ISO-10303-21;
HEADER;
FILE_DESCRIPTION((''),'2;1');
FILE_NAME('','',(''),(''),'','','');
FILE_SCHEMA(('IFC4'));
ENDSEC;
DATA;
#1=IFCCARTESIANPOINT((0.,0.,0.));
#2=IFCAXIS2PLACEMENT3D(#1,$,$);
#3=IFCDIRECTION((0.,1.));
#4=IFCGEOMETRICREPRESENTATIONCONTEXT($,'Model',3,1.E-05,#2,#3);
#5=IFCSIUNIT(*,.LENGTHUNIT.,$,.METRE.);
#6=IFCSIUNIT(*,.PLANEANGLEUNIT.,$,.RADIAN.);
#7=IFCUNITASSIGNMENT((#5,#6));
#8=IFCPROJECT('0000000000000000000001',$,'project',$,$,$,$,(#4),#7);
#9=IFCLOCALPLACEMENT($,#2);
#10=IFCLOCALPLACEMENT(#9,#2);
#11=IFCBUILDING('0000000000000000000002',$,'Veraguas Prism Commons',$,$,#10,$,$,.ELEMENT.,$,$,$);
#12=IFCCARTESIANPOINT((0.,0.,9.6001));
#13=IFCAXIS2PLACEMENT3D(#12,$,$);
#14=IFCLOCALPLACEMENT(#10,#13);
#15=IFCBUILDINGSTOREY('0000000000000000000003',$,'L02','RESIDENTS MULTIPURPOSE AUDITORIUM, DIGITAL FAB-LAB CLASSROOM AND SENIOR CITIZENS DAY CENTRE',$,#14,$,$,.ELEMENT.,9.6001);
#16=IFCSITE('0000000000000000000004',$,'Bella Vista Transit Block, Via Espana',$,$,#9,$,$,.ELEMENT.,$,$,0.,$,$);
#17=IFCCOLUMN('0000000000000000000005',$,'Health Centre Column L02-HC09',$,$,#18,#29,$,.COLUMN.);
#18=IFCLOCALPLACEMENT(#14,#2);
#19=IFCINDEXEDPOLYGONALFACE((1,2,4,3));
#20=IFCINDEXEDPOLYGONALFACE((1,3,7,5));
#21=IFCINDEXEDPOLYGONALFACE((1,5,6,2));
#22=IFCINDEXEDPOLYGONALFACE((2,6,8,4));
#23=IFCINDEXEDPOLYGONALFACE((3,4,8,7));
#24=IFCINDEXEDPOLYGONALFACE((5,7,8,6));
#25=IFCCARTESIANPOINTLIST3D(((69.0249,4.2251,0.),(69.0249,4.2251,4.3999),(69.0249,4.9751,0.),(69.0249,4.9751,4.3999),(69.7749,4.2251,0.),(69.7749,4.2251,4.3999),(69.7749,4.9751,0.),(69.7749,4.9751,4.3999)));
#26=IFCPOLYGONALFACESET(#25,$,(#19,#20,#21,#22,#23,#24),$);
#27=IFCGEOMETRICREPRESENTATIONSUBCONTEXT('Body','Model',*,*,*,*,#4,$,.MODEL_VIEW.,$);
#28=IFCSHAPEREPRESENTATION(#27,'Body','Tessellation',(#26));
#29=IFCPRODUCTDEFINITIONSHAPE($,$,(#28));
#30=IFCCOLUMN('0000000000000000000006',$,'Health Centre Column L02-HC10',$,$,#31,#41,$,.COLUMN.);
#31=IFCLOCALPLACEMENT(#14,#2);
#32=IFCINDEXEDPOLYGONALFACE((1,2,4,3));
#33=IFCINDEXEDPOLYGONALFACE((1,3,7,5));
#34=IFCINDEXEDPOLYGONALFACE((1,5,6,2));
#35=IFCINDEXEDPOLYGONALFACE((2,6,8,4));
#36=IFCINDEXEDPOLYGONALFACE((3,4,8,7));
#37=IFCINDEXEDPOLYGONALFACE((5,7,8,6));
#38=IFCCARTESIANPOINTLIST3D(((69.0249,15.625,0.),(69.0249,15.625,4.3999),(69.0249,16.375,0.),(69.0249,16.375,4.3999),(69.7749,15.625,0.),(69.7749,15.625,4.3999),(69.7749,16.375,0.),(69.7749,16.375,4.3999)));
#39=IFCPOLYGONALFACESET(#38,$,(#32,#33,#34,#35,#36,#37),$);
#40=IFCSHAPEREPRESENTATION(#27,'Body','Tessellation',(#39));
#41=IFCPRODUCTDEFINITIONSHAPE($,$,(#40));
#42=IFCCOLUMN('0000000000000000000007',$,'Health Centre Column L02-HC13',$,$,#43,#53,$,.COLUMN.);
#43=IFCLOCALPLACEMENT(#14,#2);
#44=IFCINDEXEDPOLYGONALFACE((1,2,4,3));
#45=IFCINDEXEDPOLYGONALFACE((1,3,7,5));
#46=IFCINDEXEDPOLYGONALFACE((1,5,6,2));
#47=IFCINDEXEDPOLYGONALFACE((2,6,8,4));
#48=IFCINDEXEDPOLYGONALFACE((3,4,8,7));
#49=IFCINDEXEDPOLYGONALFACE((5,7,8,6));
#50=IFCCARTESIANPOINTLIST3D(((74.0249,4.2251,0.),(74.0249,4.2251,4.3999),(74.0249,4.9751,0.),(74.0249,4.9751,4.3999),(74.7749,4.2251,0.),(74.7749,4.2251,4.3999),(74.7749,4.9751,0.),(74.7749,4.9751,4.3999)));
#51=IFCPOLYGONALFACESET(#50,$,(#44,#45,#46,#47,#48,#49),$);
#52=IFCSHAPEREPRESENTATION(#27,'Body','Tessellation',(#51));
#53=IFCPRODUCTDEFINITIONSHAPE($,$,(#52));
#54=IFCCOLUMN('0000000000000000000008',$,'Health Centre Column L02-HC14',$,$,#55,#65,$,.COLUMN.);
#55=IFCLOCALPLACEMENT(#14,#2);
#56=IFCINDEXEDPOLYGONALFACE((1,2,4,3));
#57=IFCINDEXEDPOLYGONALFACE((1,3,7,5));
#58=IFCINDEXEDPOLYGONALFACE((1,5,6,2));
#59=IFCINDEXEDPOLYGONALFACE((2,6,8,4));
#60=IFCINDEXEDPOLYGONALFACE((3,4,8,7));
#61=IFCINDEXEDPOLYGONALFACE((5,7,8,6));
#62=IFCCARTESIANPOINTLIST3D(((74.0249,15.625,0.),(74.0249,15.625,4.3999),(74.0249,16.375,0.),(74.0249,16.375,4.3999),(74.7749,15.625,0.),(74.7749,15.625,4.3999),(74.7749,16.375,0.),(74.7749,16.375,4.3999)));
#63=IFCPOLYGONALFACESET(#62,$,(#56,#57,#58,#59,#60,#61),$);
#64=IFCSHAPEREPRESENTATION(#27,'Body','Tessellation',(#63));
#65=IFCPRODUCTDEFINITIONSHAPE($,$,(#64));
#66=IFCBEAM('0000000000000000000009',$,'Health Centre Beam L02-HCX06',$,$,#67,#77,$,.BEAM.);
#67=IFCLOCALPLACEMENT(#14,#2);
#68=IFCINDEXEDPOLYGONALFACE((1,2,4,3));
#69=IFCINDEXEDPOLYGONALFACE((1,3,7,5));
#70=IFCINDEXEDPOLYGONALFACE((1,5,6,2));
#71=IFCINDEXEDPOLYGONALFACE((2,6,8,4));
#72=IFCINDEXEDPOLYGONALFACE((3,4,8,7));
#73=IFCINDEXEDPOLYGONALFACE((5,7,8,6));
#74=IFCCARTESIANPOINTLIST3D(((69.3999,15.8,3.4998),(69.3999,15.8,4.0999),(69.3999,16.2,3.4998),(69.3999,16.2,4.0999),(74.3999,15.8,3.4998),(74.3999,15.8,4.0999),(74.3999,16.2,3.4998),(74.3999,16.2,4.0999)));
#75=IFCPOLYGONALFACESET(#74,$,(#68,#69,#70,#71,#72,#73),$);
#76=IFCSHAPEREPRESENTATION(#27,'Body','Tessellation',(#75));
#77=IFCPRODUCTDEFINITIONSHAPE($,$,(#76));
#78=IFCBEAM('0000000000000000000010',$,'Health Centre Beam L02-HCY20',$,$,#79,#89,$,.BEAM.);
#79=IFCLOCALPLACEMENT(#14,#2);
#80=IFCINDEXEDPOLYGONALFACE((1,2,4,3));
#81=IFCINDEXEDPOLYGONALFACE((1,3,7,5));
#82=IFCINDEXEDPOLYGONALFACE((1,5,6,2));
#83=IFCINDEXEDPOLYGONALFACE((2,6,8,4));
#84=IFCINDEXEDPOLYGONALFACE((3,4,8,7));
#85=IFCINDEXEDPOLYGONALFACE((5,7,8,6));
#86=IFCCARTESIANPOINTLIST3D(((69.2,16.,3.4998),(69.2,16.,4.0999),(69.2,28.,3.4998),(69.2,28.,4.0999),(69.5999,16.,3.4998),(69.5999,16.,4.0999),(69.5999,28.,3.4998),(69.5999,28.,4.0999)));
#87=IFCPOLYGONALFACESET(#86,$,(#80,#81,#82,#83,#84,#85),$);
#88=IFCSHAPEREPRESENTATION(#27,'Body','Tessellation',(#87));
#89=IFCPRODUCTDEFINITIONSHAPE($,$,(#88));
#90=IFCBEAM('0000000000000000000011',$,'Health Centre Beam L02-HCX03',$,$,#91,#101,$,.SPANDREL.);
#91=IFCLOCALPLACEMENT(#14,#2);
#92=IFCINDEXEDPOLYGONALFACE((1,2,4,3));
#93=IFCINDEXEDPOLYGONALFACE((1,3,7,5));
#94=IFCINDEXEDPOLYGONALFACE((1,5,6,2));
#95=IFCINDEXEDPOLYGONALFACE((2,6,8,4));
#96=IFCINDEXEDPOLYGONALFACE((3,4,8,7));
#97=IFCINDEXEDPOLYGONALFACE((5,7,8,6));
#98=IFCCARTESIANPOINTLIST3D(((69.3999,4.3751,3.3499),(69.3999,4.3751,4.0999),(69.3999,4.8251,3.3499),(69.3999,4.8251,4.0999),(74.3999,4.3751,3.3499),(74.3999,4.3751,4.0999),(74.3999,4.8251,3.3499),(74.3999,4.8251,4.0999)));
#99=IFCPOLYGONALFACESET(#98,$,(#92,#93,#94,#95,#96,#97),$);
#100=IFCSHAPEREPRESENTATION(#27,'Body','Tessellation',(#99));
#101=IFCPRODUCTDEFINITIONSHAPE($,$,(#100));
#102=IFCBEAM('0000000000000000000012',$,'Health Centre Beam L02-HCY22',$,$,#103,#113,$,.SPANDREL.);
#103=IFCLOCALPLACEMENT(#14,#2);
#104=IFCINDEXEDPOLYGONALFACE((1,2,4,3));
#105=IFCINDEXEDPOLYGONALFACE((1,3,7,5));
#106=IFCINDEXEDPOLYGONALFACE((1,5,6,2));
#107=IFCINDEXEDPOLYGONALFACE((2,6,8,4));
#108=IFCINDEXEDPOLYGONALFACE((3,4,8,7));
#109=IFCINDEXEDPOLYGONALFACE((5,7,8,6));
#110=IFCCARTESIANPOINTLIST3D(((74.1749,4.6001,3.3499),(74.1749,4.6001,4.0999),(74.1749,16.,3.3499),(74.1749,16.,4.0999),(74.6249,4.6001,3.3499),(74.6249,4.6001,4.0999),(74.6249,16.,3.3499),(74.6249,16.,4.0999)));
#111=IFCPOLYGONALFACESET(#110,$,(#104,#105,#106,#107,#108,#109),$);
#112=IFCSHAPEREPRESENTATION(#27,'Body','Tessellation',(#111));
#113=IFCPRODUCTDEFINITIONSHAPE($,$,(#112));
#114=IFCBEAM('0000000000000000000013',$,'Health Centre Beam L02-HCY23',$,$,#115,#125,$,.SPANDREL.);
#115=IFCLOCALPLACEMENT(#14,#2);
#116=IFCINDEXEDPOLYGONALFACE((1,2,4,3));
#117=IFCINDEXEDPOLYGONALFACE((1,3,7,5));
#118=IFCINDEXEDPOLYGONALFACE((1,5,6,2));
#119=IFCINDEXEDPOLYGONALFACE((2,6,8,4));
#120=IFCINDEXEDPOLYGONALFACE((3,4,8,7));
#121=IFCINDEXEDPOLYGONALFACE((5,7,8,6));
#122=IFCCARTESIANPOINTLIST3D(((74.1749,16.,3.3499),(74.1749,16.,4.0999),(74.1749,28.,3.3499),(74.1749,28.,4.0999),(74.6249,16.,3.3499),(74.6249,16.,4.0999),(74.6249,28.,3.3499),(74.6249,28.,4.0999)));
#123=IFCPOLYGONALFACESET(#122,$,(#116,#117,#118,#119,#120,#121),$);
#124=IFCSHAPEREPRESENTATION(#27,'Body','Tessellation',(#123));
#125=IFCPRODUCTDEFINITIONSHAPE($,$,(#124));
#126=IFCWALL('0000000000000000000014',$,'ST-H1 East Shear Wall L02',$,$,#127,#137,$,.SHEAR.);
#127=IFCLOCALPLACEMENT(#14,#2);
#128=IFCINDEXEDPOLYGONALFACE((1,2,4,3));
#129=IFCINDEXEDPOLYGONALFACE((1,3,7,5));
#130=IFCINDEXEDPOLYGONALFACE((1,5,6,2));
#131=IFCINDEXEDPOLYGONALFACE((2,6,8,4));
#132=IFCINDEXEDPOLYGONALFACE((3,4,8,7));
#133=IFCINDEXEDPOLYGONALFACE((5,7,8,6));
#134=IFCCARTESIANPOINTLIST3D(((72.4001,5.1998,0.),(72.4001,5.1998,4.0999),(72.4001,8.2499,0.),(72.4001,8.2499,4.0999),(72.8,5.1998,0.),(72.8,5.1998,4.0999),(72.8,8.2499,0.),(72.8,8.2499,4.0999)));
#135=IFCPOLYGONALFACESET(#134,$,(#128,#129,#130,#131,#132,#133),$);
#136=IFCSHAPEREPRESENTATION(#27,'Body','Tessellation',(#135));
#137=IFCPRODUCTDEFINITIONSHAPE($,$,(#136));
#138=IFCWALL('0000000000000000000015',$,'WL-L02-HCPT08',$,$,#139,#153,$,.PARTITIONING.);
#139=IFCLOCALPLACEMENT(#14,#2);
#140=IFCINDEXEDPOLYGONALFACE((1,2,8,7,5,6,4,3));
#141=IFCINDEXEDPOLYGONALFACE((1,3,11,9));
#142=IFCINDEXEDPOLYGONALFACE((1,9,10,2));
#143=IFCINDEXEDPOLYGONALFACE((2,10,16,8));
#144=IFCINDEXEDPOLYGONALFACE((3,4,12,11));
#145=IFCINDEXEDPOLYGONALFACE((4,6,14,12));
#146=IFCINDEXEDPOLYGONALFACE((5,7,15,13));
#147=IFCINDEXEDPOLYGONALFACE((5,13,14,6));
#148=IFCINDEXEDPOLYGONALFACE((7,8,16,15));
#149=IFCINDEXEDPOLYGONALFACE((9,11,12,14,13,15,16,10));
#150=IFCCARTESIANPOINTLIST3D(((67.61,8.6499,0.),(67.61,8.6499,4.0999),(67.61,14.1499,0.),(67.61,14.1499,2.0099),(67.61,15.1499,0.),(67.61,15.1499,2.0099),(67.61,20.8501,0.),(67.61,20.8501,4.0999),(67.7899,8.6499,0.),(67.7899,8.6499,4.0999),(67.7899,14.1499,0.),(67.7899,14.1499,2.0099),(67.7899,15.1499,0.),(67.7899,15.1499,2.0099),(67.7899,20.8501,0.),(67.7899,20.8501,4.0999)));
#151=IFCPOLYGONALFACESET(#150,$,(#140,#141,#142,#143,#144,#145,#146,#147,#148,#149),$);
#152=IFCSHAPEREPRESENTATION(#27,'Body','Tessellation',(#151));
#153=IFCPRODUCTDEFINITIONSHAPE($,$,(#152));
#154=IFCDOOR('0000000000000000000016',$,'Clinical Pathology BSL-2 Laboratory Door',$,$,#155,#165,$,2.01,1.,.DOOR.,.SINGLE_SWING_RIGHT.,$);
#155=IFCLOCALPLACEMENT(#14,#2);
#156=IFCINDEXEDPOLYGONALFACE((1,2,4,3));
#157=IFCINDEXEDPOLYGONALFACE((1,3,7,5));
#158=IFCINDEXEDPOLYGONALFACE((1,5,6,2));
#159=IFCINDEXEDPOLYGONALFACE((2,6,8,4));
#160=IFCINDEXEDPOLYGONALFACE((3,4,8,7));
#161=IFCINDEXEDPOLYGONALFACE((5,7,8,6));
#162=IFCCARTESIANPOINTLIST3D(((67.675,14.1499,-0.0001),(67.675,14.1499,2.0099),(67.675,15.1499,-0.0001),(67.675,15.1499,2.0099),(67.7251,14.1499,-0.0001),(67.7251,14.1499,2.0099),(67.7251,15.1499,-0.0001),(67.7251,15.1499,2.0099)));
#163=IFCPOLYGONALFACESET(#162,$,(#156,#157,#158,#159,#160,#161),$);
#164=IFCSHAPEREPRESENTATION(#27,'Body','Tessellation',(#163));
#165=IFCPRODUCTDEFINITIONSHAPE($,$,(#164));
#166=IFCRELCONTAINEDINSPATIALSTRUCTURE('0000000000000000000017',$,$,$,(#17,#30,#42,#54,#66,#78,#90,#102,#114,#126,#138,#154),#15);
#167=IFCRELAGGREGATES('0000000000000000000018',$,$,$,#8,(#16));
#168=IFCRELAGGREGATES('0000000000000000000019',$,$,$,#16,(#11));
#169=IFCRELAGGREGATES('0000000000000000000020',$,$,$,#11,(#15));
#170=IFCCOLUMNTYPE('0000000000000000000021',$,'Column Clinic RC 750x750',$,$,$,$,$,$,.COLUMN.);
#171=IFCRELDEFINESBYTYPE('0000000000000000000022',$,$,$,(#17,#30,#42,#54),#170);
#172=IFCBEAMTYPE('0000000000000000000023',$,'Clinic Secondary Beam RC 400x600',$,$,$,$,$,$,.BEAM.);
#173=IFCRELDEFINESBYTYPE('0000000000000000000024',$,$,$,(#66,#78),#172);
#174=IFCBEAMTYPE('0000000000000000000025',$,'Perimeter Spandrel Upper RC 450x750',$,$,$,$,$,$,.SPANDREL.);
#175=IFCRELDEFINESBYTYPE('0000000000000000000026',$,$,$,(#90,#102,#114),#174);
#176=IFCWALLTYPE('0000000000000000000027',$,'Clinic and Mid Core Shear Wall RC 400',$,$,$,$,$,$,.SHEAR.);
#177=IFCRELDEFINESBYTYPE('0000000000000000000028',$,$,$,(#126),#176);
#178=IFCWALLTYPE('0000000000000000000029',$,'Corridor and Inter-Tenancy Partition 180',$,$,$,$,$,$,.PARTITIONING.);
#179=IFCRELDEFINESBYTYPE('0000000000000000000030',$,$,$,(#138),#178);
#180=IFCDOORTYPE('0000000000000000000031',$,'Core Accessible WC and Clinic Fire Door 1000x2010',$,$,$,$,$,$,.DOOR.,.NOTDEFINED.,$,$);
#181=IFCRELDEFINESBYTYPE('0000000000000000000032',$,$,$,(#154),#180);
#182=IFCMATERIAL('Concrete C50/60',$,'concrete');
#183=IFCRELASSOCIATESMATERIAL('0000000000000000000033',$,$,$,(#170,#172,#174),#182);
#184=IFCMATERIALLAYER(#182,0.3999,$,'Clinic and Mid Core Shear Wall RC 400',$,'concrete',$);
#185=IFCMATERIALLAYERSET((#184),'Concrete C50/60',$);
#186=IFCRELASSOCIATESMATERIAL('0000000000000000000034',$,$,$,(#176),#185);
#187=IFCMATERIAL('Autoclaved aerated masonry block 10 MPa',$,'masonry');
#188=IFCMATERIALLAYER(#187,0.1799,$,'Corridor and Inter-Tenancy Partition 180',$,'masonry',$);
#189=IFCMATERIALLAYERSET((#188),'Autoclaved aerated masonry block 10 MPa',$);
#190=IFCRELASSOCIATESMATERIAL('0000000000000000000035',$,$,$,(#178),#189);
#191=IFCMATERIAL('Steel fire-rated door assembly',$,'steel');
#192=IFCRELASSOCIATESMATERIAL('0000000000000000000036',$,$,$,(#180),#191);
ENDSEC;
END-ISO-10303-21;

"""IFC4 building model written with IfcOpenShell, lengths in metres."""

from ifc_helpers import new_model, si_unit, direction, frame, frame_2d, origin, origin_2d, place, context, subcontext, project, spatial, rectangle, extrude, source, transform, mapped, material, layer, layer_set, material_profile, profile_set, type_object, element, fill, save


model = new_model("IFC4")

# Units and contexts
model_context = context("Model", 3, precision=1e-05, world=origin(), true_north=direction((0.0, 1.0)))
body_context = subcontext(model_context, "Body", "Model", "MODEL_VIEW")
ifc_project = project(units=[si_unit("LENGTHUNIT", "METRE"), si_unit("PLANEANGLEUNIT", "RADIAN")], contexts=[model_context])

# Site, building, storey
site_placement = place(None, origin())
site = spatial("IfcSite", under=ifc_project, at=site_placement, Name="Bella Vista Transit Block, Via Espana", CompositionType="ELEMENT", RefElevation=0.0)
building_placement = place(site_placement, origin())
building = spatial("IfcBuilding", under=site, at=building_placement, Name="Veraguas Prism Commons", CompositionType="ELEMENT")
storey_placement = place(building_placement, frame((0.0, 0.0, 9.6001)))
storey = spatial("IfcBuildingStorey", under=building, at=storey_placement, Name="L02", Description="RESIDENTS MULTIPURPOSE AUDITORIUM, DIGITAL FAB-LAB CLASSROOM AND SENIOR CITIZENS DAY CENTRE", CompositionType="ELEMENT", Elevation=9.6001)

# Columns
ifc_material_1 = material(Name="Concrete C50/60", Category="concrete")
ifc_material_profile_1 = material_profile(ifc_material_1, rectangle(XDim=0.75, YDim=0.75, at=origin_2d()), Name="RC750X750")
ifc_profile_set_1 = profile_set([ifc_material_profile_1], Name="Concrete C50/60")
column_type = type_object("IfcColumnType", Name="Column Clinic RC 750x750", PredefinedType="COLUMN", material=ifc_profile_set_1)
for number, where, z_axis, x_axis, name in (
    (1, (69.3999, 4.6001, 0.0), (0.0, 0.0, 1.0), (1.0, 0.0, 0.0), "Health Centre Column L02-HC09"),
    (2, (69.3999, 16.0, 0.0), (0.0, 0.0, 1.0), (1.0, 0.0, 0.0), "Health Centre Column L02-HC10"),
    (3, (74.3999, 4.6001, 0.0), (0.0, 0.0, 1.0), (1.0, 0.0, 0.0), "Health Centre Column L02-HC13"),
    (4, (74.3999, 16.0, 0.0), (0.0, 0.0, 1.0), (1.0, 0.0, 0.0), "Health Centre Column L02-HC14"),
):
    element("IfcColumn", number, at=place(storey_placement, frame(where, z_axis=z_axis, x_axis=x_axis)), inside=storey, type_object=column_type, Name=name, PredefinedType="COLUMN", context=body_context, shape_type="SweptSolid", body=[
        extrude(rectangle(XDim=0.75, YDim=0.75, at=origin_2d()), origin(), (0.0, 0.0, 1.0), 4.3999),
    ])

# Beams
ifc_material_profile_2 = material_profile(ifc_material_1, rectangle(XDim=0.3999, YDim=0.6001, at=origin_2d()), Name="RC400X600")
ifc_profile_set_2 = profile_set([ifc_material_profile_2], Name="Concrete C50/60")
beam_type_1 = type_object("IfcBeamType", Name="Clinic Secondary Beam RC 400x600", PredefinedType="BEAM", material=ifc_profile_set_2)
beam_1_placement = place(storey_placement, frame((69.3999, 16.0, 3.7998), z_axis=(1.0, 0.0, 0.0), x_axis=(0.0, 1.0, 0.0)))
element("IfcBeam", 5, at=beam_1_placement, inside=storey, type_object=beam_type_1, Name="Health Centre Beam L02-HCX06", PredefinedType="BEAM", context=body_context, shape_type="SweptSolid", body=[
    extrude(rectangle(XDim=0.3999, YDim=0.6001, at=origin_2d()), origin(), (0.0, 0.0, 1.0), 5.0),
])
beam_2_placement = place(storey_placement, frame((69.3999, 16.0, 3.7998), z_axis=(0.0, 1.0, 0.0), x_axis=(-1.0, 0.0, 0.0)))
element("IfcBeam", 6, at=beam_2_placement, inside=storey, type_object=beam_type_1, Name="Health Centre Beam L02-HCY20", PredefinedType="BEAM", context=body_context, shape_type="SweptSolid", body=[
    extrude(rectangle(XDim=0.3999, YDim=0.6001, at=origin_2d()), origin(), (0.0, 0.0, 1.0), 12.0),
])
ifc_material_profile_3 = material_profile(ifc_material_1, rectangle(XDim=0.45, YDim=0.75, at=origin_2d()), Name="RC450X750")
ifc_profile_set_3 = profile_set([ifc_material_profile_3], Name="Concrete C50/60")
beam_type_2 = type_object("IfcBeamType", Name="Perimeter Spandrel Upper RC 450x750", PredefinedType="SPANDREL", material=ifc_profile_set_3)
beam_3_placement = place(storey_placement, frame((69.3999, 4.6001, 3.7249), z_axis=(1.0, 0.0, 0.0), x_axis=(0.0, 1.0, 0.0)))
element("IfcBeam", 7, at=beam_3_placement, inside=storey, type_object=beam_type_2, Name="Health Centre Beam L02-HCX03", PredefinedType="SPANDREL", context=body_context, shape_type="SweptSolid", body=[
    extrude(rectangle(XDim=0.45, YDim=0.75, at=origin_2d()), origin(), (0.0, 0.0, 1.0), 5.0),
])
beam_4_placement = place(storey_placement, frame((74.3999, 4.6001, 3.7249), z_axis=(0.0, 1.0, 0.0), x_axis=(-1.0, 0.0, 0.0)))
element("IfcBeam", 8, at=beam_4_placement, inside=storey, type_object=beam_type_2, Name="Health Centre Beam L02-HCY22", PredefinedType="SPANDREL", context=body_context, shape_type="SweptSolid", body=[
    extrude(rectangle(XDim=0.45, YDim=0.75, at=origin_2d()), origin(), (0.0, 0.0, 1.0), 11.3999),
])
beam_5_placement = place(storey_placement, frame((74.3999, 16.0, 3.7249), z_axis=(0.0, 1.0, 0.0), x_axis=(-1.0, 0.0, 0.0)))
element("IfcBeam", 9, at=beam_5_placement, inside=storey, type_object=beam_type_2, Name="Health Centre Beam L02-HCY23", PredefinedType="SPANDREL", context=body_context, shape_type="SweptSolid", body=[
    extrude(rectangle(XDim=0.45, YDim=0.75, at=origin_2d()), origin(), (0.0, 0.0, 1.0), 12.0),
])

# Wall
ifc_layer_1 = layer(ifc_material_1, 0.3999, Name="Clinic and Mid Core Shear Wall RC 400", Category="concrete")
ifc_layer_set_1 = layer_set([ifc_layer_1], Name="Concrete C50/60")
wall_type_1 = type_object("IfcWallType", Name="Clinic and Mid Core Shear Wall RC 400", PredefinedType="SHEAR", material=ifc_layer_set_1)
wall_1_placement = place(storey_placement, frame((72.6001, 5.2, 0.0), z_axis=(0.0, 0.0, 1.0), x_axis=(0.0, 1.0, 0.0)))
element("IfcWall", 10, at=wall_1_placement, inside=storey, type_object=wall_type_1, Name="ST-H1 East Shear Wall L02", PredefinedType="SHEAR", context=body_context, shape_type="SweptSolid", body=[
    extrude(rectangle(XDim=3.05, YDim=0.3999, at=frame_2d((1.5249, 0.0))), origin(), (0.0, 0.0, 1.0), 4.0999),
])

# Wall, opening, door
ifc_material_2 = material(Name="Autoclaved aerated masonry block 10 MPa", Category="masonry")
ifc_layer_2 = layer(ifc_material_2, 0.1799, Name="Corridor and Inter-Tenancy Partition 180", Category="masonry")
ifc_layer_set_2 = layer_set([ifc_layer_2], Name="Autoclaved aerated masonry block 10 MPa")
wall_type_2 = type_object("IfcWallType", Name="Corridor and Inter-Tenancy Partition 180", PredefinedType="PARTITIONING", material=ifc_layer_set_2)
wall_2_placement = place(storey_placement, frame((67.7, 8.6499, 0.0), z_axis=(0.0, 0.0, 1.0), x_axis=(0.0, 1.0, 0.0)))
wall_2 = element("IfcWall", 11, at=wall_2_placement, inside=storey, type_object=wall_type_2, Name="WL-L02-HCPT08", PredefinedType="PARTITIONING", context=body_context, shape_type="SweptSolid", body=[
    extrude(rectangle(XDim=12.2002, YDim=0.1799, at=frame_2d((6.1001, 0.0))), origin(), (0.0, 0.0, 1.0), 4.0999),
])
opening_1_placement = place(wall_2_placement, frame((5.5, 0.0, 0.0)))
opening_1 = element("IfcOpeningElement", 12, at=opening_1_placement, cuts=wall_2, PredefinedType="OPENING", context=body_context, shape_type="SweptSolid", body=[
    extrude(rectangle(XDim=1.0, YDim=2.01, at=frame_2d((0.5, 1.0049))), frame((0.0, 0.0999, 0.0), z_axis=(0.0, -1.0, 0.0), x_axis=(1.0, 0.0, 0.0)), (0.0, 0.0, 1.0), 0.2),
])
ifc_material_3 = material(Name="Steel fire-rated door assembly", Category="steel")
door_type_1 = type_object("IfcDoorType", Name="Core Accessible WC and Clinic Fire Door 1000x2010", OperationType="NOTDEFINED", PredefinedType="DOOR", material=ifc_material_3)
shared_shape_1 = source(origin(), body_context, "Body", "SweptSolid", [
    extrude(rectangle(XDim=1.0, YDim=2.01, at=frame_2d((0.5, 1.0049))), frame((0.0, 0.0249, 0.0), z_axis=(0.0, -1.0, 0.0), x_axis=(1.0, 0.0, 0.0)), (0.0, 0.0, 1.0), 0.05),
])
door_1_placement = place(opening_1_placement, origin())
door_1 = element("IfcDoor", 13, at=door_1_placement, inside=storey, type_object=door_type_1, Name="Clinical Pathology BSL-2 Laboratory Door", OperationType="SINGLE_SWING_RIGHT", OverallHeight=2.01, OverallWidth=1.0, PredefinedType="DOOR", context=body_context, shape_type="MappedRepresentation", body=[
    mapped(shared_shape_1, transform((0.0, 0.0, 0.0), scale=1.0)),
])
fill(opening_1, door_1)

save(model, "model.ifc")
